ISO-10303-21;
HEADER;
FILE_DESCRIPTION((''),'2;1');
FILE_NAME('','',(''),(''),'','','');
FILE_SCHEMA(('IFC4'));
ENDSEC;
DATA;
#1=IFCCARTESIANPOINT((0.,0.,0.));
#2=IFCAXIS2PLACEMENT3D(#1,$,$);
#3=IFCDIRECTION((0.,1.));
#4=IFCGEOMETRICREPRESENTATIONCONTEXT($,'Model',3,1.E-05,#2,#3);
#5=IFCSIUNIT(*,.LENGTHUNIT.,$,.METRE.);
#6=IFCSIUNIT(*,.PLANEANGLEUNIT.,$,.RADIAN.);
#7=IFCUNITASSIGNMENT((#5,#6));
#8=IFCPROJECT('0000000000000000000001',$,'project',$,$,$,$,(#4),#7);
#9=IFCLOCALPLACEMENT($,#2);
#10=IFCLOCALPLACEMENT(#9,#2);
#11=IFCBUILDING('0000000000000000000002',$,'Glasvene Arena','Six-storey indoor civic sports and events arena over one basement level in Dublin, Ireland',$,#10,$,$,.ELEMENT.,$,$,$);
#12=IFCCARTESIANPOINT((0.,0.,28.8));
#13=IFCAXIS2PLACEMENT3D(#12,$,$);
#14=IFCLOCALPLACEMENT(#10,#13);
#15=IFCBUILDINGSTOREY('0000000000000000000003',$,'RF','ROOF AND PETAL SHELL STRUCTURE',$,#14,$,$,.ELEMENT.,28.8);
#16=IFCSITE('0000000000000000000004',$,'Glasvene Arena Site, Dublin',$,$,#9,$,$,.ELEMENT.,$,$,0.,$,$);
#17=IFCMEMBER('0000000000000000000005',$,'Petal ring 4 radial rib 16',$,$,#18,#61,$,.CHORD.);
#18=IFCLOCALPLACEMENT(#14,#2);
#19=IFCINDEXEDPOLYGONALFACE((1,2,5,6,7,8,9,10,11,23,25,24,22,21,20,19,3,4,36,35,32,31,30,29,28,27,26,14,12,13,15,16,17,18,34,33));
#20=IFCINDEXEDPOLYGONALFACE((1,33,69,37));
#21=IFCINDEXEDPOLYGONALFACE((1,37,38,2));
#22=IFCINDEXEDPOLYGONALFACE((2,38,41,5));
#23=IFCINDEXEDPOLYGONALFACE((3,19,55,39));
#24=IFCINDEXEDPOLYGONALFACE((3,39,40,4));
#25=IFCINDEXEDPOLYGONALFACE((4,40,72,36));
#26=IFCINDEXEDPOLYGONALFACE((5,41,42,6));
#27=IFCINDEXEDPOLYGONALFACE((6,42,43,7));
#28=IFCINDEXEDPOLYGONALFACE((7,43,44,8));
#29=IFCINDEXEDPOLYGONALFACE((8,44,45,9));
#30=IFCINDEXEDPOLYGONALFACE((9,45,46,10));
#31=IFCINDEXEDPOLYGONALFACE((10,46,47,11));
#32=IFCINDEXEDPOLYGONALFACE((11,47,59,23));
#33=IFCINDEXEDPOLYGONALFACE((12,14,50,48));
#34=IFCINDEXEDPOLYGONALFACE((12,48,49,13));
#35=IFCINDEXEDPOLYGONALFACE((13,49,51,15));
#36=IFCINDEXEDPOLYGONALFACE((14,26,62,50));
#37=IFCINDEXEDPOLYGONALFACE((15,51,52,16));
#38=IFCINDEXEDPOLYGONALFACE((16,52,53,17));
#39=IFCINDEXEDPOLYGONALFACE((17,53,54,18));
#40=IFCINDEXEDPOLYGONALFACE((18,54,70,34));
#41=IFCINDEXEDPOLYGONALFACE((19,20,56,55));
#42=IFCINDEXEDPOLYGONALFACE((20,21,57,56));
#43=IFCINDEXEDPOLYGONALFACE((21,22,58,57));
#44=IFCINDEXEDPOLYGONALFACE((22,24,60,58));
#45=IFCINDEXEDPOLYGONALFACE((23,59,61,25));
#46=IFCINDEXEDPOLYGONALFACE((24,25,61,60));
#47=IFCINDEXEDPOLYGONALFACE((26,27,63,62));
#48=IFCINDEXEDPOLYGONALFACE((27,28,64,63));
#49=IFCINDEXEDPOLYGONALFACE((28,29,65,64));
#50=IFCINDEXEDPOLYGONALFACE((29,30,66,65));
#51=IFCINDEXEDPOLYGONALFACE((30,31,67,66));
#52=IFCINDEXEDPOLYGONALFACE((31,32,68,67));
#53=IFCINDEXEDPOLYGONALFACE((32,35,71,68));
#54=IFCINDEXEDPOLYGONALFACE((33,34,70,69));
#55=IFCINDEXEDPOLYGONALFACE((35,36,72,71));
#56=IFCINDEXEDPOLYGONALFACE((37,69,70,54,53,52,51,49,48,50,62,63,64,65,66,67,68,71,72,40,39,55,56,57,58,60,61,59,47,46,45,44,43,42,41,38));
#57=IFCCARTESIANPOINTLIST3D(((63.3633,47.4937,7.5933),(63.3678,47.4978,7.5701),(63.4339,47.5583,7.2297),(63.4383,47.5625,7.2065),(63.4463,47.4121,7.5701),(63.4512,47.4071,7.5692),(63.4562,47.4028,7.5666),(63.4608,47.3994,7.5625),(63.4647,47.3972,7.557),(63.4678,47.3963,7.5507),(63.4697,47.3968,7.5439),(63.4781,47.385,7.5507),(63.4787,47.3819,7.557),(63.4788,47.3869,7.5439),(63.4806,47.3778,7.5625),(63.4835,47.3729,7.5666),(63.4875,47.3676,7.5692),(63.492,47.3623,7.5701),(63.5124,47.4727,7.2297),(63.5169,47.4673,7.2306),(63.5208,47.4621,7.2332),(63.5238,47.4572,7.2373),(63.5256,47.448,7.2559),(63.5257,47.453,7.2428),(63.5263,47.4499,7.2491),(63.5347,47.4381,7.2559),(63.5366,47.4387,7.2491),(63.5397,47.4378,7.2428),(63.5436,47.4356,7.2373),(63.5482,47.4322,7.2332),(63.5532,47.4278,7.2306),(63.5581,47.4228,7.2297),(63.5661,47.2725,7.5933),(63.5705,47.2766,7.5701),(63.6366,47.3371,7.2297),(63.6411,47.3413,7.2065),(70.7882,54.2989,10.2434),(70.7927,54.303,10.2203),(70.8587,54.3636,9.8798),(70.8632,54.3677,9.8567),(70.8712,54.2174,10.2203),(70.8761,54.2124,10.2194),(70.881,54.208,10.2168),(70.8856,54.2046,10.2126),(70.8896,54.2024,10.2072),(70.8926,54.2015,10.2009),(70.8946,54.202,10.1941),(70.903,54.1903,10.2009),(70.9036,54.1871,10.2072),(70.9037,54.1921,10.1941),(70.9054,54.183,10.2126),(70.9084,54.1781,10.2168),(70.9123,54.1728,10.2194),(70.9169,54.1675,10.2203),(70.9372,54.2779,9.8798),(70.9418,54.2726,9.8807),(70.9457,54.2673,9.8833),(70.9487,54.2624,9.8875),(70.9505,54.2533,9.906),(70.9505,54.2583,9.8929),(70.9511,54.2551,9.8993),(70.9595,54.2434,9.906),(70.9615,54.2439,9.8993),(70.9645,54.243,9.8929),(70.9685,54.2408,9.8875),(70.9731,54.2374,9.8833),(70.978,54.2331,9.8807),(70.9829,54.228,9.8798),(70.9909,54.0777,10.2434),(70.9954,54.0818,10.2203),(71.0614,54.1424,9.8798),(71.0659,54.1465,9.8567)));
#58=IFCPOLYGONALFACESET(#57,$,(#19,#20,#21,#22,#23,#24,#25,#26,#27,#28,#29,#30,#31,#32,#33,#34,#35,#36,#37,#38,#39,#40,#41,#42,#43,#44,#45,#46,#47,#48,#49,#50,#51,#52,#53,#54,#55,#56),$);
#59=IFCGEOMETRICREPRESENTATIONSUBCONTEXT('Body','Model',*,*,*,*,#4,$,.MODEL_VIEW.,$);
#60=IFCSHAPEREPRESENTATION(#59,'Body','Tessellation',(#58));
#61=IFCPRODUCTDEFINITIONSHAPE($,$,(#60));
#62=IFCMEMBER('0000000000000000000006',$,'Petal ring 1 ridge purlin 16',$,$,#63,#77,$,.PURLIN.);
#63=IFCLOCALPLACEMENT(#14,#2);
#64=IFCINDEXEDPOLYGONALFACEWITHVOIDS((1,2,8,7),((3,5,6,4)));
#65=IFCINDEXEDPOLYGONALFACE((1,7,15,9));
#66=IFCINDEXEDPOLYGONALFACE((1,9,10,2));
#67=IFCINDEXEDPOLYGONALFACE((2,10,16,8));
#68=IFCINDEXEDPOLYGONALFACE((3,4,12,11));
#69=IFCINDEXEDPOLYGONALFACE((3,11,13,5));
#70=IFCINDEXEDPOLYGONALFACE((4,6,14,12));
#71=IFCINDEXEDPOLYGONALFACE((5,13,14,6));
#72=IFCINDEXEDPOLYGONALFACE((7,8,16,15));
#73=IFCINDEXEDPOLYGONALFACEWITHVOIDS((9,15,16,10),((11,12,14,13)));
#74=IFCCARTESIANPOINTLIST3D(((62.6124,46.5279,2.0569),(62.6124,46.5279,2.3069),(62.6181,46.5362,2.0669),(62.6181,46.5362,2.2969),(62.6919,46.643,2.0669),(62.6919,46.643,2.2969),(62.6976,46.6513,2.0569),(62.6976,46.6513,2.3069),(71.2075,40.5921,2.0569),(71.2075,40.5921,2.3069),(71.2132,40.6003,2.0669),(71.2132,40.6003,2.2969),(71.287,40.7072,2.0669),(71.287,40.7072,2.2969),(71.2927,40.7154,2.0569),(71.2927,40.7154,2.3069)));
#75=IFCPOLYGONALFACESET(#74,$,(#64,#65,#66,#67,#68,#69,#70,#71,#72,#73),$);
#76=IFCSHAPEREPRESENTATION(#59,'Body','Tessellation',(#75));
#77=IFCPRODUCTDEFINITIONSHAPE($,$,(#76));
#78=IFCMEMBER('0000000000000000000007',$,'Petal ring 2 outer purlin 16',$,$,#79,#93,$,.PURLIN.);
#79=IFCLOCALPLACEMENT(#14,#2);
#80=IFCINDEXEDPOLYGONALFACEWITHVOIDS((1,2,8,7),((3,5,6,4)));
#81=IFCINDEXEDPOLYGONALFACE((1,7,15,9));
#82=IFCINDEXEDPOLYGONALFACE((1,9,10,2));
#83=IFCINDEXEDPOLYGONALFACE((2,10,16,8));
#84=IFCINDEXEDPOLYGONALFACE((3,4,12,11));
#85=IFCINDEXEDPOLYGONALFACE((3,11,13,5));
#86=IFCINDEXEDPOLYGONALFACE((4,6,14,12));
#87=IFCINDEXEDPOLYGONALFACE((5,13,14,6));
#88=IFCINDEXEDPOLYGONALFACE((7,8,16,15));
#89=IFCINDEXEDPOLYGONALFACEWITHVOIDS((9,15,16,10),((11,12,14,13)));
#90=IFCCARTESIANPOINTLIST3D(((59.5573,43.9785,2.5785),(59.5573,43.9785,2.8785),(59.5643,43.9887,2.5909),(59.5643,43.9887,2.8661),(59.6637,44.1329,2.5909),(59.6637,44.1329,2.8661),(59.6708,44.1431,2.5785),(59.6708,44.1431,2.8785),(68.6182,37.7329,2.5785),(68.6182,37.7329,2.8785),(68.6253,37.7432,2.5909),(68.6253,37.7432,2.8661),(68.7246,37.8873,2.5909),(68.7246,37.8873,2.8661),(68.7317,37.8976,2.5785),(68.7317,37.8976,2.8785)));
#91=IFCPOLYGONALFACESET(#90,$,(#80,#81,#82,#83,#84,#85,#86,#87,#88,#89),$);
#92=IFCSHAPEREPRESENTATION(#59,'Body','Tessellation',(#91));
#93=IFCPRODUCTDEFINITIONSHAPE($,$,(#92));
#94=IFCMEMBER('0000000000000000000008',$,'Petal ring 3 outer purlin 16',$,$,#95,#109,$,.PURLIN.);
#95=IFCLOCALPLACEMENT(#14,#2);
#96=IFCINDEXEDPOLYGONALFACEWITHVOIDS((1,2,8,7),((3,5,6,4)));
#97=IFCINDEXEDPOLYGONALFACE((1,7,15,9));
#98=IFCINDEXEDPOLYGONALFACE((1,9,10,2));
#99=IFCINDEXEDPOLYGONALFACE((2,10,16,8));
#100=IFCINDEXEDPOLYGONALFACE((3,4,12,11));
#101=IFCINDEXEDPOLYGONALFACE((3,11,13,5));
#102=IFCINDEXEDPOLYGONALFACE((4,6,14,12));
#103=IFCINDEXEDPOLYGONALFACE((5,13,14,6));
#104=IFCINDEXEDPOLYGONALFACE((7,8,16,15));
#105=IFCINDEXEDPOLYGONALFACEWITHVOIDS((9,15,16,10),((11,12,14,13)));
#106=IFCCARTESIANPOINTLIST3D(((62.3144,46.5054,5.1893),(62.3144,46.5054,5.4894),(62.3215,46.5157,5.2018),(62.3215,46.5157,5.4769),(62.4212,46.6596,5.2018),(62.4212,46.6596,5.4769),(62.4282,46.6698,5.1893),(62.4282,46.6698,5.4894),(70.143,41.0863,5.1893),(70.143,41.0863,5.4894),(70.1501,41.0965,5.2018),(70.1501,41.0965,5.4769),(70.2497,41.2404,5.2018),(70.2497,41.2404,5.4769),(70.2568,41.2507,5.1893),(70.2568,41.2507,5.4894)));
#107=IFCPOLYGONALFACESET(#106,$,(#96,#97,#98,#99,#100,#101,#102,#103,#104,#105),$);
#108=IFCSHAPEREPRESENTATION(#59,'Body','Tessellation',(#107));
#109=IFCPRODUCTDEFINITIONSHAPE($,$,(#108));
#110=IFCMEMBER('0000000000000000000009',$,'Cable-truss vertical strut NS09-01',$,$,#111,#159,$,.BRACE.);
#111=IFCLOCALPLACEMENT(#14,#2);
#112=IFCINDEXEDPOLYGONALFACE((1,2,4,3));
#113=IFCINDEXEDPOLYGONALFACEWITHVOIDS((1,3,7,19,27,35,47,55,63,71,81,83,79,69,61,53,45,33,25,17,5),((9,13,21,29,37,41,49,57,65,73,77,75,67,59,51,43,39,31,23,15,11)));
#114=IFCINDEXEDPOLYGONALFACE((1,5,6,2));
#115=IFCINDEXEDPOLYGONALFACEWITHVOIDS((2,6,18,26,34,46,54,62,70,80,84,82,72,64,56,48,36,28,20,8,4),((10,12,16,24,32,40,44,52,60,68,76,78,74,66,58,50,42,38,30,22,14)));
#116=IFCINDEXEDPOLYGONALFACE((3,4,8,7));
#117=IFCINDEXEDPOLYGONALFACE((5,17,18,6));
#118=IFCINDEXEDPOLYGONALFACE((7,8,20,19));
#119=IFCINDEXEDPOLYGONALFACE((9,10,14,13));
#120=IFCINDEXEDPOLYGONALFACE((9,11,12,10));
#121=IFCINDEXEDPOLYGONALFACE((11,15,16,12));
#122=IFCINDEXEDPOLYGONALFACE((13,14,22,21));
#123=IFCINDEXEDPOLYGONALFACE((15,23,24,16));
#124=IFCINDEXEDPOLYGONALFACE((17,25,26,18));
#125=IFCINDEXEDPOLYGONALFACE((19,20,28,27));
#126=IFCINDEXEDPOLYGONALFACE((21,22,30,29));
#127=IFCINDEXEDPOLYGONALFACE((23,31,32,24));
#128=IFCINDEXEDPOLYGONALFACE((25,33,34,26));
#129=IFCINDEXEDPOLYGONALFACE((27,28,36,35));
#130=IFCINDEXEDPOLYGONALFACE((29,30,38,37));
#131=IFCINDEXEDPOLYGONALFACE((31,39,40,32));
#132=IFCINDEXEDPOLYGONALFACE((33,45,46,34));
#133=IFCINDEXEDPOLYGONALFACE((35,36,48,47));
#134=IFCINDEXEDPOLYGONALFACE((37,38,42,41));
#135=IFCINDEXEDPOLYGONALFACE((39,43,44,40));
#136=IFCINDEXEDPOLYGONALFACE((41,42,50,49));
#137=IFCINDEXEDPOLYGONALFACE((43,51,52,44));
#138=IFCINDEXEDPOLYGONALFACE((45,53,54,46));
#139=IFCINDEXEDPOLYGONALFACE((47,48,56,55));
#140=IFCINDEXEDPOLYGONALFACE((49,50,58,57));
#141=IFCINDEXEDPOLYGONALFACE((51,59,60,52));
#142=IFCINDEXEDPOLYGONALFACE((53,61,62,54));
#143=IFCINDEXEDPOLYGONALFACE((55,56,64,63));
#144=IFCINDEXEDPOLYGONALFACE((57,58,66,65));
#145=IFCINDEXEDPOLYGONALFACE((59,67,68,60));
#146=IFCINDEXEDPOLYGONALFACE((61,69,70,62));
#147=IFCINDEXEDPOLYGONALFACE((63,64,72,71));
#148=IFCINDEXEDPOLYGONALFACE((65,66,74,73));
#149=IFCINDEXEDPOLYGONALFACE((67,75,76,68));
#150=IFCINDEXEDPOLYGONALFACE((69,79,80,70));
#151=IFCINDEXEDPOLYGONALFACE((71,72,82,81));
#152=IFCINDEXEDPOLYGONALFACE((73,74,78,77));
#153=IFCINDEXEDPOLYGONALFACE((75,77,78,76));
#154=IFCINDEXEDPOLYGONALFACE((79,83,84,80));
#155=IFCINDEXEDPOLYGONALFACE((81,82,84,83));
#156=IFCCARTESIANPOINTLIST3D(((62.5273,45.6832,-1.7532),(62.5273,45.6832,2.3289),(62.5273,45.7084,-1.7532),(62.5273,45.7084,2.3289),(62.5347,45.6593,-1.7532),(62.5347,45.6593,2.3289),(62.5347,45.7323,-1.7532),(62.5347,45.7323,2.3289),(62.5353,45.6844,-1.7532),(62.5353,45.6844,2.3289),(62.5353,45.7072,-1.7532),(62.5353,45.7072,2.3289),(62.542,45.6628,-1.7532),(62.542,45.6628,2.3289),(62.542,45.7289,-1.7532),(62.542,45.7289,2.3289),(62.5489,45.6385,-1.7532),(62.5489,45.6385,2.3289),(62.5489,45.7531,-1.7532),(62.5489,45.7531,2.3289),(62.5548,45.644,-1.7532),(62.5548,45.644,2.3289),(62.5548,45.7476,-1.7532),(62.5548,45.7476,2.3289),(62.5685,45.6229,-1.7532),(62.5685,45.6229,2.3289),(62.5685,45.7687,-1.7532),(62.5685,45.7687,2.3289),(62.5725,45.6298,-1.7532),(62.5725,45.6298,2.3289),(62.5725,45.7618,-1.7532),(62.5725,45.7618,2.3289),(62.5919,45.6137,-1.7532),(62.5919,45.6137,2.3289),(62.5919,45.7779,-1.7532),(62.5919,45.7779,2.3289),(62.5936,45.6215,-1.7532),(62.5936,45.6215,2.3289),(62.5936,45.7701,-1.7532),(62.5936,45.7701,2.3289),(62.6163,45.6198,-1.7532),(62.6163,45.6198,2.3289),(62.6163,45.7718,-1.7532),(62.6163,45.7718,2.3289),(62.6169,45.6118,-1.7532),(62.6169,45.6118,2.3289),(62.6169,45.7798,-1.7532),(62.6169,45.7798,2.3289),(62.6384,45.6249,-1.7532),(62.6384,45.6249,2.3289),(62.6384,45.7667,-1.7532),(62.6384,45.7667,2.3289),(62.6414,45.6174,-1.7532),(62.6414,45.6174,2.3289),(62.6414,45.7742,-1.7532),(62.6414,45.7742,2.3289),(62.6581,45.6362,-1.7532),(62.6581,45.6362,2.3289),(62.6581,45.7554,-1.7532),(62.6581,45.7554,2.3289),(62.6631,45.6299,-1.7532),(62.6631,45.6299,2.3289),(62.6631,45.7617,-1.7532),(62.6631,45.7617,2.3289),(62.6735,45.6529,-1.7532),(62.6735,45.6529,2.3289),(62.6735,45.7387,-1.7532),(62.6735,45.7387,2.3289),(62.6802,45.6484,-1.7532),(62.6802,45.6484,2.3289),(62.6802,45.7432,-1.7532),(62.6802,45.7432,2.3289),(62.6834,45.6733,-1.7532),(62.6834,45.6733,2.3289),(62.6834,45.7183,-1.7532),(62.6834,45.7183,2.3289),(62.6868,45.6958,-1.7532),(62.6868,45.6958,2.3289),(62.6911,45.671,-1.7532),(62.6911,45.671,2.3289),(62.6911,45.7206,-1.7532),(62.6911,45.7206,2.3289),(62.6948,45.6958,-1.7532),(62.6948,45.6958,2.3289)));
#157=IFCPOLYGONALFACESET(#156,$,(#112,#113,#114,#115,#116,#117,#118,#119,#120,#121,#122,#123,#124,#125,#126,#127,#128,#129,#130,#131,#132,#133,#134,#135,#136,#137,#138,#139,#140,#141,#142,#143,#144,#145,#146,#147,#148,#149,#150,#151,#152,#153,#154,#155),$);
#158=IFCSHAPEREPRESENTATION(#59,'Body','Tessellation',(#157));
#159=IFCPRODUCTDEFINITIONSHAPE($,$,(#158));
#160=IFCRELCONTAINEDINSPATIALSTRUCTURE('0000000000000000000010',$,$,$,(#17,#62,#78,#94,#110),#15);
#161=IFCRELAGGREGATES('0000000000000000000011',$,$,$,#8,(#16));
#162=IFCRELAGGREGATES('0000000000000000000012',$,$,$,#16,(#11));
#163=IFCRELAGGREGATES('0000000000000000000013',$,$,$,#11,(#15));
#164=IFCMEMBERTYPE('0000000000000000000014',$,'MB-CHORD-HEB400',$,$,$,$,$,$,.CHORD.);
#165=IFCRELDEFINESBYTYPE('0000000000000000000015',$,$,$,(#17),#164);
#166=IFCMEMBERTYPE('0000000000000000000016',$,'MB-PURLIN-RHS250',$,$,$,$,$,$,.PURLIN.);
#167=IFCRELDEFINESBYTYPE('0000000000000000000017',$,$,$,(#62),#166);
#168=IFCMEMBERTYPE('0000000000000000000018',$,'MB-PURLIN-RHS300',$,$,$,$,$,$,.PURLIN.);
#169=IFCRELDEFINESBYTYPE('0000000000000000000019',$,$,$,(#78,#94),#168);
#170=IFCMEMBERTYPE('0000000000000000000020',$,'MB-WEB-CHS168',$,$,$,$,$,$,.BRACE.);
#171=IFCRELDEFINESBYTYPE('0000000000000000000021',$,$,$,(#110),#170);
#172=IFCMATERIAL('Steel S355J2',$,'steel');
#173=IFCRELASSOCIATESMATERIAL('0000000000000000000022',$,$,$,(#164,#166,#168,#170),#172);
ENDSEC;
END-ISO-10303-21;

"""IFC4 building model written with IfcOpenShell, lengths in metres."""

from ifc_helpers import new_model, si_unit, direction, frame, origin, origin_2d, place, context, subcontext, project, spatial, hollow_rectangle, hollow_circle, i_section, extrude, material, material_profile, profile_set, type_object, element, save


model = new_model("IFC4")

# Units and contexts
model_context = context("Model", 3, precision=1e-05, world=origin(), true_north=direction((0.0, 1.0)))
body_context = subcontext(model_context, "Body", "Model", "MODEL_VIEW")
ifc_project = project(units=[si_unit("LENGTHUNIT", "METRE"), si_unit("PLANEANGLEUNIT", "RADIAN")], contexts=[model_context])

# Site, building, storey
site_placement = place(None, origin())
site = spatial("IfcSite", under=ifc_project, at=site_placement, Name="Glasvene Arena Site, Dublin", CompositionType="ELEMENT", RefElevation=0.0)
building_placement = place(site_placement, origin())
building = spatial("IfcBuilding", under=site, at=building_placement, Name="Glasvene Arena", Description="Six-storey indoor civic sports and events arena over one basement level in Dublin, Ireland", CompositionType="ELEMENT")
storey_placement = place(building_placement, frame((0.0, 0.0, 28.8)))
storey = spatial("IfcBuildingStorey", under=building, at=storey_placement, Name="RF", Description="ROOF AND PETAL SHELL STRUCTURE", CompositionType="ELEMENT", Elevation=28.8)

# Members
ifc_material_1 = material(Name="Steel S355J2", Category="steel")
ifc_material_profile_1 = material_profile(ifc_material_1, i_section(OverallWidth=0.3, OverallDepth=0.3999, WebThickness=0.0134, FlangeThickness=0.0239, FilletRadius=0.0271, at=origin_2d()), Name="HEB 400")
ifc_profile_set_1 = profile_set([ifc_material_profile_1], Name="Steel S355J2")
member_type_1 = type_object("IfcMemberType", Name="MB-CHORD-HEB400", PredefinedType="CHORD", material=ifc_profile_set_1)
member_1_placement = place(storey_placement, frame((63.5022, 47.4175, 7.3999), z_axis=(0.712931, 0.653434, 0.254467), x_axis=(-0.675676, 0.737198, 0.0)))
element("IfcMember", 1, at=member_1_placement, inside=storey, type_object=member_type_1, Name="Petal ring 4 radial rib 16", PredefinedType="CHORD", context=body_context, shape_type="SweptSolid", body=[
    extrude(i_section(OverallWidth=0.3, OverallDepth=0.3999, WebThickness=0.0134, FlangeThickness=0.0239, FilletRadius=0.0271, at=origin_2d()), origin(), (0.0, 0.0, 1.0), 10.4146),
])
ifc_material_profile_2 = material_profile(ifc_material_1, hollow_rectangle(XDim=0.1499, YDim=0.25, WallThickness=0.01, at=origin_2d()), Name="RHS 250x150x10.0")
ifc_profile_set_2 = profile_set([ifc_material_profile_2], Name="Steel S355J2")
member_type_2 = type_object("IfcMemberType", Name="MB-PURLIN-RHS250", PredefinedType="PURLIN", material=ifc_profile_set_2)
member_2_placement = place(storey_placement, frame((62.655, 46.5896, 2.1819), z_axis=(0.822845, -0.568266, 0.0), x_axis=(0.568266, 0.822845, 0.0)))
element("IfcMember", 2, at=member_2_placement, inside=storey, type_object=member_type_2, Name="Petal ring 1 ridge purlin 16", PredefinedType="PURLIN", context=body_context, shape_type="SweptSolid", body=[
    extrude(hollow_rectangle(XDim=0.1499, YDim=0.25, WallThickness=0.01, at=origin_2d()), origin(), (0.0, 0.0, 1.0), 10.4456),
])
ifc_material_profile_3 = material_profile(ifc_material_1, hollow_rectangle(XDim=0.2, YDim=0.3, WallThickness=0.0125, at=origin_2d()), Name="RHS 300x200x12.5")
ifc_profile_set_3 = profile_set([ifc_material_profile_3], Name="Steel S355J2")
member_type_3 = type_object("IfcMemberType", Name="MB-PURLIN-RHS300", PredefinedType="PURLIN", material=ifc_profile_set_3)
member_3_placement = place(storey_placement, frame((59.614, 44.0608, 2.7285), z_axis=(0.823356, -0.567525, 0.0), x_axis=(0.567525, 0.823356, 0.0)))
element("IfcMember", 3, at=member_3_placement, inside=storey, type_object=member_type_3, Name="Petal ring 2 outer purlin 16", PredefinedType="PURLIN", context=body_context, shape_type="SweptSolid", body=[
    extrude(hollow_rectangle(XDim=0.2, YDim=0.3, WallThickness=0.0125, at=origin_2d()), origin(), (0.0, 0.0, 1.0), 11.0049),
])
member_4_placement = place(storey_placement, frame((62.3713, 46.5876, 5.3394), z_axis=(0.822223, -0.569166, 0.0), x_axis=(0.569166, 0.822223, 0.0)))
element("IfcMember", 4, at=member_4_placement, inside=storey, type_object=member_type_3, Name="Petal ring 3 outer purlin 16", PredefinedType="PURLIN", context=body_context, shape_type="SweptSolid", body=[
    extrude(hollow_rectangle(XDim=0.2, YDim=0.3, WallThickness=0.0125, at=origin_2d()), origin(), (0.0, 0.0, 1.0), 9.5212),
])
ifc_material_profile_4 = material_profile(ifc_material_1, hollow_circle(Radius=0.0842, WallThickness=0.0081, at=origin_2d()), Name="CHS 168.3x8.0")
ifc_profile_set_4 = profile_set([ifc_material_profile_4], Name="Steel S355J2")
member_type_4 = type_object("IfcMemberType", Name="MB-WEB-CHS168", PredefinedType="BRACE", material=ifc_profile_set_4)
member_5_placement = place(storey_placement, frame((62.6106, 45.6958, -1.7532), z_axis=(0.0, 0.0, 1.0), x_axis=(1.0, 0.0, 0.0)))
element("IfcMember", 5, at=member_5_placement, inside=storey, type_object=member_type_4, Name="Cable-truss vertical strut NS09-01", PredefinedType="BRACE", context=body_context, shape_type="SweptSolid", body=[
    extrude(hollow_circle(Radius=0.0842, WallThickness=0.0081, at=origin_2d()), origin(), (0.0, 0.0, 1.0), 4.082),
])

save(model, "model.ifc")
